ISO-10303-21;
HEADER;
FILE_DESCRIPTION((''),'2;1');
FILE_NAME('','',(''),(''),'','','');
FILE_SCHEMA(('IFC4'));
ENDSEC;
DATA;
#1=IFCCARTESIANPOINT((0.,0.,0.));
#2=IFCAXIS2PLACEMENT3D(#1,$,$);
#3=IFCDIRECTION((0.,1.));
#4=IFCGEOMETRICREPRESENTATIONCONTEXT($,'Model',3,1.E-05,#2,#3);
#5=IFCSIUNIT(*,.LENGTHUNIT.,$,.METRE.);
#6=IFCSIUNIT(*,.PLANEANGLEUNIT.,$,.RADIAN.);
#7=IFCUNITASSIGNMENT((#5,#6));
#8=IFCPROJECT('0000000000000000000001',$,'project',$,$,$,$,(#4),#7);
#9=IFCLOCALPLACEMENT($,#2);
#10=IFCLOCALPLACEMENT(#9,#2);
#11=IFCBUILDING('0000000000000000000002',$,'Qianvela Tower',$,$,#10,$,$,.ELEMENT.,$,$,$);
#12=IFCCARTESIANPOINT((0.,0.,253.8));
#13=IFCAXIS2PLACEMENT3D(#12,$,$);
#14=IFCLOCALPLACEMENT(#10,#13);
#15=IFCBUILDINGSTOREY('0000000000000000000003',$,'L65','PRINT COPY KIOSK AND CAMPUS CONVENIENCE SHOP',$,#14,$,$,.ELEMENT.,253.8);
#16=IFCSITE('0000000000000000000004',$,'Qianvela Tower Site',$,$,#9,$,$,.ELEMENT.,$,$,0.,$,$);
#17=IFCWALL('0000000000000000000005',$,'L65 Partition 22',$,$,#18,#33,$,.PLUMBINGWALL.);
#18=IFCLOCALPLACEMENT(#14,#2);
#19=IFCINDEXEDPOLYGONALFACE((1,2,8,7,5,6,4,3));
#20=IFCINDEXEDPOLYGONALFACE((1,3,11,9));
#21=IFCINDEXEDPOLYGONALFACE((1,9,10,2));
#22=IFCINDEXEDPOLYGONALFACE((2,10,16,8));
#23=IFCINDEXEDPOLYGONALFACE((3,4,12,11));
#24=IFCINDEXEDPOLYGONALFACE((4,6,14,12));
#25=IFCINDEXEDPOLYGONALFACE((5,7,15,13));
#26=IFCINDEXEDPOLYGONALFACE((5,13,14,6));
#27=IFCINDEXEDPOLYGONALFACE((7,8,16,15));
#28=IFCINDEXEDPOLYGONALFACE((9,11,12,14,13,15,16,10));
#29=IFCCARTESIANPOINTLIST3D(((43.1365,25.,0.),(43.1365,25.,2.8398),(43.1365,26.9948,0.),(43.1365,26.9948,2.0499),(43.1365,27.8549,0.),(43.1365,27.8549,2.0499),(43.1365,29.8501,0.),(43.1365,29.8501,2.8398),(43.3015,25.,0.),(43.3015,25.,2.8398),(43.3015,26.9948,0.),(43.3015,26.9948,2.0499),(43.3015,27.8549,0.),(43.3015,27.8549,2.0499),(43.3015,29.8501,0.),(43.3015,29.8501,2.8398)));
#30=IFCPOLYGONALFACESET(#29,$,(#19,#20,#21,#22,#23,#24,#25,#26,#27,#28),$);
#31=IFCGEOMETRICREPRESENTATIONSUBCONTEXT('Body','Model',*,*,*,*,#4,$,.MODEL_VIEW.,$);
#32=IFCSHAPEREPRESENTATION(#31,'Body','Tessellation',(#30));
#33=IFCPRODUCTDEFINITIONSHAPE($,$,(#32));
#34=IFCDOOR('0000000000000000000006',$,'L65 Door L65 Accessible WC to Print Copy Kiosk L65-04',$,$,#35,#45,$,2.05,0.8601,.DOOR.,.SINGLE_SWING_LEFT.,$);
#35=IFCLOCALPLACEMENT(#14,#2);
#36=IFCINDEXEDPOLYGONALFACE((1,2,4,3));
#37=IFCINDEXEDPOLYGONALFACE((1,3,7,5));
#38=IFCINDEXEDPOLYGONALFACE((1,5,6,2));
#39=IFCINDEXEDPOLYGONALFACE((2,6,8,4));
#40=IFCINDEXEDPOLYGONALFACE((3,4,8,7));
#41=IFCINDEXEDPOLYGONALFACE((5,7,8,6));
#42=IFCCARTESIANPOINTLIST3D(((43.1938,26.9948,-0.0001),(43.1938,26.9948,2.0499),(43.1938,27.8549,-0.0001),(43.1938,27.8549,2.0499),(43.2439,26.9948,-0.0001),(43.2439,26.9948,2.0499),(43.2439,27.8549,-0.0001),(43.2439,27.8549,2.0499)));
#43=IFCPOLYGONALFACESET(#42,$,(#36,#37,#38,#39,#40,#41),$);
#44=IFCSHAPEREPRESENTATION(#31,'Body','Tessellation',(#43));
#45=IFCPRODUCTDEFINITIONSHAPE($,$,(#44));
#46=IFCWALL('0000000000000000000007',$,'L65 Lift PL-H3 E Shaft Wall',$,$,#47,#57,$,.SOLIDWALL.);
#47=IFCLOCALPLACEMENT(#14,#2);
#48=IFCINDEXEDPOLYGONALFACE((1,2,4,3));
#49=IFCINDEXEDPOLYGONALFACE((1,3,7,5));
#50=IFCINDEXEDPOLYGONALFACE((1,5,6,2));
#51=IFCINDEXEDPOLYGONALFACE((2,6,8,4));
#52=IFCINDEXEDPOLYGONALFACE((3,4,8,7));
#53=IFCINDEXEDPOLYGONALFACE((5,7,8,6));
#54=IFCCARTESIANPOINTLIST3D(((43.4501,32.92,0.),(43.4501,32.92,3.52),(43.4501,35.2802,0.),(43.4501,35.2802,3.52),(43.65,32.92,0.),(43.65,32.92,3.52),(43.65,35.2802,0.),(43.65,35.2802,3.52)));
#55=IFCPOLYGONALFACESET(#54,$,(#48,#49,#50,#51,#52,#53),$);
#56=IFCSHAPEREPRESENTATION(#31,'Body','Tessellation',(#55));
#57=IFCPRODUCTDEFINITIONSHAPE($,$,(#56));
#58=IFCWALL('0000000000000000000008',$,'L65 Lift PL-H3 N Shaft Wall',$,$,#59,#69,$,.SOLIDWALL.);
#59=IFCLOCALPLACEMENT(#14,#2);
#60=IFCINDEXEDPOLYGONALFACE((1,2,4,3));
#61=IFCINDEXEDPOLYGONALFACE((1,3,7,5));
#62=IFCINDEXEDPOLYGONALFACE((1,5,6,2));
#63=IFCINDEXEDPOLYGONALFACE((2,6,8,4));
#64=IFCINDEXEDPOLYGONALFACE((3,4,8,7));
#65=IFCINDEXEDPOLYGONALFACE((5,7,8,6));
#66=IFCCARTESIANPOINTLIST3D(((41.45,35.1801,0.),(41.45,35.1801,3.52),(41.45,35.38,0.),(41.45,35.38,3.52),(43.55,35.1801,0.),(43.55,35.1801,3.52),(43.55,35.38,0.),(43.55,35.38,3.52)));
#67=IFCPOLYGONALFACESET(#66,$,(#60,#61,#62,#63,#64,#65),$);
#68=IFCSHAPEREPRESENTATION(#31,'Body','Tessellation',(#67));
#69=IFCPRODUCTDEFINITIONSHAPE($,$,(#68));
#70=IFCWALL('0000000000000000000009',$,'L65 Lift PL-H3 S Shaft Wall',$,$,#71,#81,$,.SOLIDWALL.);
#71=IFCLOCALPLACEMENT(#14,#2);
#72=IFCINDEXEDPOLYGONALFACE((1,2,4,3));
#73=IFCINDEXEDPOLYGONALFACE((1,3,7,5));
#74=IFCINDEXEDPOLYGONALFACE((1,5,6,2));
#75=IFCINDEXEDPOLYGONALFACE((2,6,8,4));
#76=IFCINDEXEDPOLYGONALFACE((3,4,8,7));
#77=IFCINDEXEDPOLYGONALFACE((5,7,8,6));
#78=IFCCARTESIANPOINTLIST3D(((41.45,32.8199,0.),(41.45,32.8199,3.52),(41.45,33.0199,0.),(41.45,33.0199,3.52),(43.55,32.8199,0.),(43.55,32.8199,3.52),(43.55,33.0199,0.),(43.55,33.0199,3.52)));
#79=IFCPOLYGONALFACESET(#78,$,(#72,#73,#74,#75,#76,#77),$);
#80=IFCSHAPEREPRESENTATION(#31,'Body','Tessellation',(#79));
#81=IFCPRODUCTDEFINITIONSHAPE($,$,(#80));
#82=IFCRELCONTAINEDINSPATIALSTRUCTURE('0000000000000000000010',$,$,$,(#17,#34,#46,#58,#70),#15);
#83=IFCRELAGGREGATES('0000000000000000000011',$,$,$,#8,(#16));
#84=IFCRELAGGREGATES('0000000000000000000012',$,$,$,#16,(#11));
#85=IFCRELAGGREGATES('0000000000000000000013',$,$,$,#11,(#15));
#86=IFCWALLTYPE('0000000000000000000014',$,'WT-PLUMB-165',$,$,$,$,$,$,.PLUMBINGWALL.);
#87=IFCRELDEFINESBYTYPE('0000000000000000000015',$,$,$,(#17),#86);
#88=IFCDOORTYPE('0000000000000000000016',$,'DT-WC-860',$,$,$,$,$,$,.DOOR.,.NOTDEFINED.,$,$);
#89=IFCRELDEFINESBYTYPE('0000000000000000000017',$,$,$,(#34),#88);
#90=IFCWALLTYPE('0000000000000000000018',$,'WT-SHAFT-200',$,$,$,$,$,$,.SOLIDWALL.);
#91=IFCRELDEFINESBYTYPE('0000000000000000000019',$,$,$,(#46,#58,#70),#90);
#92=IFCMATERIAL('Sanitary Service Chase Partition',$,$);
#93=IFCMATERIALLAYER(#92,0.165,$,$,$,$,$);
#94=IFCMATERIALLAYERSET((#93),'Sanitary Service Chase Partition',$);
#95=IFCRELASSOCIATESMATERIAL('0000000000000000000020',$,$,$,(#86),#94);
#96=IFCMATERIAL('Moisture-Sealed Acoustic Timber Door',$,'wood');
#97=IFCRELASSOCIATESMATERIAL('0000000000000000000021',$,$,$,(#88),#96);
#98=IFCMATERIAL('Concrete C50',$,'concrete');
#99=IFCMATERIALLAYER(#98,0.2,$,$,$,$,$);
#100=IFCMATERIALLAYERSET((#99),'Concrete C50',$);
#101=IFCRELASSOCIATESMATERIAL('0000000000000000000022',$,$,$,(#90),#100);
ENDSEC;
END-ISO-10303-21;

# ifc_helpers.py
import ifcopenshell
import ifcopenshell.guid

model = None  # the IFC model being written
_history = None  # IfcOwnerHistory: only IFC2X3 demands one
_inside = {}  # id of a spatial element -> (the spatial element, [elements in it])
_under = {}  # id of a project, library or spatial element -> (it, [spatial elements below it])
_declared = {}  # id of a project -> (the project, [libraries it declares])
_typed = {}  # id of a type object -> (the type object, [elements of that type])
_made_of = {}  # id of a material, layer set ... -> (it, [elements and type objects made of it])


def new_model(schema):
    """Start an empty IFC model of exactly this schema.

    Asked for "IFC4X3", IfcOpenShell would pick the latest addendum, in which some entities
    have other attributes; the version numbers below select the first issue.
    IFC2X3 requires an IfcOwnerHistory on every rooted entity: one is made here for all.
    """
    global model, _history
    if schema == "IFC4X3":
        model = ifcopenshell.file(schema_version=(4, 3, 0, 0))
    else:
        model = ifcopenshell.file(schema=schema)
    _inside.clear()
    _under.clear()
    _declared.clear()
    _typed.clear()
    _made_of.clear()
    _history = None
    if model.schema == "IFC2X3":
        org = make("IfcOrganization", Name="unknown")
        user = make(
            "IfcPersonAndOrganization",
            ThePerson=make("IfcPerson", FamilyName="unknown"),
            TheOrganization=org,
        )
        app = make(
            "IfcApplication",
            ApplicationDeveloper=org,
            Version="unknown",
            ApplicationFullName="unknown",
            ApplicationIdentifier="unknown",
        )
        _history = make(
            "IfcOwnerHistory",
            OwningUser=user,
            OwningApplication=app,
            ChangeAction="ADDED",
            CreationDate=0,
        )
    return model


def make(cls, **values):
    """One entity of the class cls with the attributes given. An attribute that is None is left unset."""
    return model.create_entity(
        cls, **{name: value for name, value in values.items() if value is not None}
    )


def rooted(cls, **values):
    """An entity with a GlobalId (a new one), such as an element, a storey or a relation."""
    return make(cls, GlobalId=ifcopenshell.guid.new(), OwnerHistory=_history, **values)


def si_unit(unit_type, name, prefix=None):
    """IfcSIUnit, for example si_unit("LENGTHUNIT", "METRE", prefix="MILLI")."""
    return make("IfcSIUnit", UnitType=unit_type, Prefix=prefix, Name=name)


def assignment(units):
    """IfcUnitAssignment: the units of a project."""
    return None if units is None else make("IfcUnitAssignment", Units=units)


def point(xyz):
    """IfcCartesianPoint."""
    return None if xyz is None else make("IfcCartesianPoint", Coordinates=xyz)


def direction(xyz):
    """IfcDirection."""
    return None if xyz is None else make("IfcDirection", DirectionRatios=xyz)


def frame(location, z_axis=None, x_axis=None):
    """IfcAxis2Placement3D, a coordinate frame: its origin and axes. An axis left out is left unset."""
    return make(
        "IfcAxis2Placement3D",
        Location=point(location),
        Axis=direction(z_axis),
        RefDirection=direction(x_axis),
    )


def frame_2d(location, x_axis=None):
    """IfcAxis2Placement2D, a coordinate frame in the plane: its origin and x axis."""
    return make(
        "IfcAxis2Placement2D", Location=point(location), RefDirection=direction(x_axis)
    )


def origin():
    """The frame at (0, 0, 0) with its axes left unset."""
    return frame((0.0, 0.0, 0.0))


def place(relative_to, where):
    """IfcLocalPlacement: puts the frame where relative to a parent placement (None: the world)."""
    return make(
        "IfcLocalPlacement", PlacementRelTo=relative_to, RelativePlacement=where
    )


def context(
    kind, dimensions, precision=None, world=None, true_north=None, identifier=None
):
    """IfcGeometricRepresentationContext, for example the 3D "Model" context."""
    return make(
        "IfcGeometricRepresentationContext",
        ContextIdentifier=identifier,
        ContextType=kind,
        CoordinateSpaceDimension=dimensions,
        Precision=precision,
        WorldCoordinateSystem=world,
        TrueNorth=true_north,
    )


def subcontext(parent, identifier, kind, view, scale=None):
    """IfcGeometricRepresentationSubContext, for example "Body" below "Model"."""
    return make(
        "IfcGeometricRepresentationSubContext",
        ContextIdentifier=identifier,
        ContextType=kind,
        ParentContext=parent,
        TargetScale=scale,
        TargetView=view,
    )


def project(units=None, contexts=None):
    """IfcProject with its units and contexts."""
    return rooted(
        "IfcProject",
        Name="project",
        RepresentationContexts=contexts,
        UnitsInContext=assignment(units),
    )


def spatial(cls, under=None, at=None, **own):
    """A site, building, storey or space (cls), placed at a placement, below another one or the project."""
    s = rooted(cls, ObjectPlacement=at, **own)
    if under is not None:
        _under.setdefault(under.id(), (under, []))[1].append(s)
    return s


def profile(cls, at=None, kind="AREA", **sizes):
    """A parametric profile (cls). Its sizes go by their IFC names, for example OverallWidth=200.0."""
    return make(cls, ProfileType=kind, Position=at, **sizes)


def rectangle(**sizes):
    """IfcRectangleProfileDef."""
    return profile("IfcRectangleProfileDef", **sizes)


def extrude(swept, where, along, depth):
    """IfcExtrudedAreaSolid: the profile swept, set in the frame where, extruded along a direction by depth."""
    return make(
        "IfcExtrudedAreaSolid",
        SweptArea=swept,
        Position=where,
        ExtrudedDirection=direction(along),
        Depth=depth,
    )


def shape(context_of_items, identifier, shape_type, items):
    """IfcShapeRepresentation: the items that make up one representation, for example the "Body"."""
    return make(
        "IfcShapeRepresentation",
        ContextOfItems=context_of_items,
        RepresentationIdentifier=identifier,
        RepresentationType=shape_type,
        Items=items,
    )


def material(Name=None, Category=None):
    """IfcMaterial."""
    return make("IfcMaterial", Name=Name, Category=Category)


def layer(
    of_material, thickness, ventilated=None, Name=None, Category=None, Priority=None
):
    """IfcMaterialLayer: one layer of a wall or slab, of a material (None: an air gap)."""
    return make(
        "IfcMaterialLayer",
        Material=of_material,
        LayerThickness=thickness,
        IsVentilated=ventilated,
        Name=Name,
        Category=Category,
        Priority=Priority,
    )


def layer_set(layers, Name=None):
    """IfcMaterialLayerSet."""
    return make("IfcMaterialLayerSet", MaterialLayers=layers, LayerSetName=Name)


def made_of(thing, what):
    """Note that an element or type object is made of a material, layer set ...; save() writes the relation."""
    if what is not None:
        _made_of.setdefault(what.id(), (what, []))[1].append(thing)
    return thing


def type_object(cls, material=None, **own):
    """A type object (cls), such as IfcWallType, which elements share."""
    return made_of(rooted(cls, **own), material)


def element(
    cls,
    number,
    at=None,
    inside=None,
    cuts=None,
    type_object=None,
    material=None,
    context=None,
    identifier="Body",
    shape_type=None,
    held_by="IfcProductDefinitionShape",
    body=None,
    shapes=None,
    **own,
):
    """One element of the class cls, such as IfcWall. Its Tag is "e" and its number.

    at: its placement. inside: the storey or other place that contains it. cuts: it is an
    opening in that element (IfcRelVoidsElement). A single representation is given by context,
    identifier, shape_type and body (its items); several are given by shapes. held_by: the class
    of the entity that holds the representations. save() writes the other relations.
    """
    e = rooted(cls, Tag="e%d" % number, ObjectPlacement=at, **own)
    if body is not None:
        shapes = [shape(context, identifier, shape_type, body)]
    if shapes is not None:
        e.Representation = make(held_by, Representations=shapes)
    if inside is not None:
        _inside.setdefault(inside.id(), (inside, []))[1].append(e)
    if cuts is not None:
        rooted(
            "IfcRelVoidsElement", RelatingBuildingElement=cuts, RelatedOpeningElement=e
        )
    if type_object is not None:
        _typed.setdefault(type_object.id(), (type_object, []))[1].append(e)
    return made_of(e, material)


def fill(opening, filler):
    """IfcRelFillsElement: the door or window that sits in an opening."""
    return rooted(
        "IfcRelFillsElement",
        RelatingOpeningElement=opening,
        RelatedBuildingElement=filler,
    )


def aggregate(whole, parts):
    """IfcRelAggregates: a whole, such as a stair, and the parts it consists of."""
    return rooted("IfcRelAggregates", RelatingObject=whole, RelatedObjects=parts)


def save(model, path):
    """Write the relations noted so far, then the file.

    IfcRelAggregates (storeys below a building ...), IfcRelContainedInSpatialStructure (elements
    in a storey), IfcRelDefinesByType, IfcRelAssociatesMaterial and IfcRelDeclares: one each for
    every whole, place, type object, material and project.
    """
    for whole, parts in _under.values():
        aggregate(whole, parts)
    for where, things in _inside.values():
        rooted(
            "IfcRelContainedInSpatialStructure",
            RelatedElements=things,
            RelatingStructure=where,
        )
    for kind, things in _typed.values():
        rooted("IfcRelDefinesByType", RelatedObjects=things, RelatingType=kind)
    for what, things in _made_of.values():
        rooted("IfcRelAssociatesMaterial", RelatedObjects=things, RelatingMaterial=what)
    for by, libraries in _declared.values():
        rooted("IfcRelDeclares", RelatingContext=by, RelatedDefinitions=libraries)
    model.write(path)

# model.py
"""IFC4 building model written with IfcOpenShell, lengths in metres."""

from ifc_helpers import new_model, si_unit, direction, frame, frame_2d, origin, place, context, subcontext, project, spatial, rectangle, extrude, material, layer, layer_set, type_object, element, fill, save


model = new_model("IFC4")

# Units and contexts
model_context = context("Model", 3, precision=1e-05, world=origin(), true_north=direction((0.0, 1.0)))
body_context = subcontext(model_context, "Body", "Model", "MODEL_VIEW")
ifc_project = project(units=[si_unit("LENGTHUNIT", "METRE"), si_unit("PLANEANGLEUNIT", "RADIAN")], contexts=[model_context])

# Site, building, storey
site_placement = place(None, origin())
site = spatial("IfcSite", under=ifc_project, at=site_placement, Name="Qianvela Tower Site", CompositionType="ELEMENT", RefElevation=0.0)
building_placement = place(site_placement, origin())
building = spatial("IfcBuilding", under=site, at=building_placement, Name="Qianvela Tower", CompositionType="ELEMENT")
storey_placement = place(building_placement, frame((0.0, 0.0, 253.8)))
storey = spatial("IfcBuildingStorey", under=building, at=storey_placement, Name="L65", Description="PRINT COPY KIOSK AND CAMPUS CONVENIENCE SHOP", CompositionType="ELEMENT", Elevation=253.8)

# Shared definitions
ifc_material_1 = material(Name="Sanitary Service Chase Partition")
ifc_layer_1 = layer(ifc_material_1, 0.165)
ifc_layer_set_1 = layer_set([ifc_layer_1], Name="Sanitary Service Chase Partition")
wall_type_1 = type_object("IfcWallType", Name="WT-PLUMB-165", PredefinedType="PLUMBINGWALL", material=ifc_layer_set_1)

# Wall, opening, door
wall_1_placement = place(storey_placement, frame((43.219, 29.8501, 0.0), z_axis=(0.0, 0.0, 1.0), x_axis=(0.0, -1.0, 0.0)))
wall_1 = element("IfcWall", 1, at=wall_1_placement, inside=storey, type_object=wall_type_1, Name="L65 Partition 22", PredefinedType="PLUMBINGWALL", context=body_context, shape_type="SweptSolid", body=[
    extrude(rectangle(XDim=4.8501, YDim=0.165, at=frame_2d((2.425, 0.0))), origin(), (0.0, 0.0, 1.0), 2.8398),
])
opening_1_placement = place(wall_1_placement, frame((1.9951, 0.0, 0.0)))
opening_1 = element("IfcOpeningElement", 2, at=opening_1_placement, cuts=wall_1, PredefinedType="OPENING", context=body_context, shape_type="SweptSolid", body=[
    extrude(rectangle(XDim=0.8601, YDim=2.05, at=frame_2d((0.4302, 1.0249))), frame((0.0, 0.0925, 0.0), z_axis=(0.0, -1.0, 0.0), x_axis=(1.0, 0.0, 0.0)), (0.0, 0.0, 1.0), 0.1851),
])
ifc_material_2 = material(Name="Moisture-Sealed Acoustic Timber Door", Category="wood")
door_type_1 = type_object("IfcDoorType", Name="DT-WC-860", OperationType="NOTDEFINED", PredefinedType="DOOR", material=ifc_material_2)
door_1_placement = place(opening_1_placement, origin())
door_1 = element("IfcDoor", 3, at=door_1_placement, inside=storey, type_object=door_type_1, Name="L65 Door L65 Accessible WC to Print Copy Kiosk L65-04", OperationType="SINGLE_SWING_LEFT", OverallHeight=2.05, OverallWidth=0.8601, PredefinedType="DOOR", context=body_context, shape_type="SweptSolid", body=[
    extrude(rectangle(XDim=0.8601, YDim=2.05, at=frame_2d((0.4302, 1.0249))), frame((0.0, 0.0249, 0.0), z_axis=(0.0, -1.0, 0.0), x_axis=(1.0, 0.0, 0.0)), (0.0, 0.0, 1.0), 0.05),
])
fill(opening_1, door_1)

# Wall
ifc_material_3 = material(Name="Concrete C50", Category="concrete")
ifc_layer_2 = layer(ifc_material_3, 0.2)
ifc_layer_set_2 = layer_set([ifc_layer_2], Name="Concrete C50")
wall_type_2 = type_object("IfcWallType", Name="WT-SHAFT-200", PredefinedType="SOLIDWALL", material=ifc_layer_set_2)
wall_2_placement = place(storey_placement, frame((43.55, 32.9199, 0.0), z_axis=(0.0, 0.0, 1.0), x_axis=(0.0, 1.0, 0.0)))
element("IfcWall", 4, at=wall_2_placement, inside=storey, type_object=wall_type_2, Name="L65 Lift PL-H3 E Shaft Wall", PredefinedType="SOLIDWALL", context=body_context, shape_type="SweptSolid", body=[
    extrude(rectangle(XDim=2.3601, YDim=0.2, at=frame_2d((1.1802, 0.0))), origin(), (0.0, 0.0, 1.0), 3.52),
])

# Walls
for number, where, z_axis, x_axis, name in (
    (5, (41.45, 35.28, 0.0), (0.0, 0.0, 1.0), (1.0, 0.0, 0.0), "L65 Lift PL-H3 N Shaft Wall"),
    (6, (41.45, 32.9199, 0.0), (0.0, 0.0, 1.0), (1.0, 0.0, 0.0), "L65 Lift PL-H3 S Shaft Wall"),
):
    element("IfcWall", number, at=place(storey_placement, frame(where, z_axis=z_axis, x_axis=x_axis)), inside=storey, type_object=wall_type_2, Name=name, PredefinedType="SOLIDWALL", context=body_context, shape_type="SweptSolid", body=[
        extrude(rectangle(XDim=2.1001, YDim=0.2, at=frame_2d((1.05, 0.0))), origin(), (0.0, 0.0, 1.0), 3.52),
    ])

save(model, "model.ifc")
